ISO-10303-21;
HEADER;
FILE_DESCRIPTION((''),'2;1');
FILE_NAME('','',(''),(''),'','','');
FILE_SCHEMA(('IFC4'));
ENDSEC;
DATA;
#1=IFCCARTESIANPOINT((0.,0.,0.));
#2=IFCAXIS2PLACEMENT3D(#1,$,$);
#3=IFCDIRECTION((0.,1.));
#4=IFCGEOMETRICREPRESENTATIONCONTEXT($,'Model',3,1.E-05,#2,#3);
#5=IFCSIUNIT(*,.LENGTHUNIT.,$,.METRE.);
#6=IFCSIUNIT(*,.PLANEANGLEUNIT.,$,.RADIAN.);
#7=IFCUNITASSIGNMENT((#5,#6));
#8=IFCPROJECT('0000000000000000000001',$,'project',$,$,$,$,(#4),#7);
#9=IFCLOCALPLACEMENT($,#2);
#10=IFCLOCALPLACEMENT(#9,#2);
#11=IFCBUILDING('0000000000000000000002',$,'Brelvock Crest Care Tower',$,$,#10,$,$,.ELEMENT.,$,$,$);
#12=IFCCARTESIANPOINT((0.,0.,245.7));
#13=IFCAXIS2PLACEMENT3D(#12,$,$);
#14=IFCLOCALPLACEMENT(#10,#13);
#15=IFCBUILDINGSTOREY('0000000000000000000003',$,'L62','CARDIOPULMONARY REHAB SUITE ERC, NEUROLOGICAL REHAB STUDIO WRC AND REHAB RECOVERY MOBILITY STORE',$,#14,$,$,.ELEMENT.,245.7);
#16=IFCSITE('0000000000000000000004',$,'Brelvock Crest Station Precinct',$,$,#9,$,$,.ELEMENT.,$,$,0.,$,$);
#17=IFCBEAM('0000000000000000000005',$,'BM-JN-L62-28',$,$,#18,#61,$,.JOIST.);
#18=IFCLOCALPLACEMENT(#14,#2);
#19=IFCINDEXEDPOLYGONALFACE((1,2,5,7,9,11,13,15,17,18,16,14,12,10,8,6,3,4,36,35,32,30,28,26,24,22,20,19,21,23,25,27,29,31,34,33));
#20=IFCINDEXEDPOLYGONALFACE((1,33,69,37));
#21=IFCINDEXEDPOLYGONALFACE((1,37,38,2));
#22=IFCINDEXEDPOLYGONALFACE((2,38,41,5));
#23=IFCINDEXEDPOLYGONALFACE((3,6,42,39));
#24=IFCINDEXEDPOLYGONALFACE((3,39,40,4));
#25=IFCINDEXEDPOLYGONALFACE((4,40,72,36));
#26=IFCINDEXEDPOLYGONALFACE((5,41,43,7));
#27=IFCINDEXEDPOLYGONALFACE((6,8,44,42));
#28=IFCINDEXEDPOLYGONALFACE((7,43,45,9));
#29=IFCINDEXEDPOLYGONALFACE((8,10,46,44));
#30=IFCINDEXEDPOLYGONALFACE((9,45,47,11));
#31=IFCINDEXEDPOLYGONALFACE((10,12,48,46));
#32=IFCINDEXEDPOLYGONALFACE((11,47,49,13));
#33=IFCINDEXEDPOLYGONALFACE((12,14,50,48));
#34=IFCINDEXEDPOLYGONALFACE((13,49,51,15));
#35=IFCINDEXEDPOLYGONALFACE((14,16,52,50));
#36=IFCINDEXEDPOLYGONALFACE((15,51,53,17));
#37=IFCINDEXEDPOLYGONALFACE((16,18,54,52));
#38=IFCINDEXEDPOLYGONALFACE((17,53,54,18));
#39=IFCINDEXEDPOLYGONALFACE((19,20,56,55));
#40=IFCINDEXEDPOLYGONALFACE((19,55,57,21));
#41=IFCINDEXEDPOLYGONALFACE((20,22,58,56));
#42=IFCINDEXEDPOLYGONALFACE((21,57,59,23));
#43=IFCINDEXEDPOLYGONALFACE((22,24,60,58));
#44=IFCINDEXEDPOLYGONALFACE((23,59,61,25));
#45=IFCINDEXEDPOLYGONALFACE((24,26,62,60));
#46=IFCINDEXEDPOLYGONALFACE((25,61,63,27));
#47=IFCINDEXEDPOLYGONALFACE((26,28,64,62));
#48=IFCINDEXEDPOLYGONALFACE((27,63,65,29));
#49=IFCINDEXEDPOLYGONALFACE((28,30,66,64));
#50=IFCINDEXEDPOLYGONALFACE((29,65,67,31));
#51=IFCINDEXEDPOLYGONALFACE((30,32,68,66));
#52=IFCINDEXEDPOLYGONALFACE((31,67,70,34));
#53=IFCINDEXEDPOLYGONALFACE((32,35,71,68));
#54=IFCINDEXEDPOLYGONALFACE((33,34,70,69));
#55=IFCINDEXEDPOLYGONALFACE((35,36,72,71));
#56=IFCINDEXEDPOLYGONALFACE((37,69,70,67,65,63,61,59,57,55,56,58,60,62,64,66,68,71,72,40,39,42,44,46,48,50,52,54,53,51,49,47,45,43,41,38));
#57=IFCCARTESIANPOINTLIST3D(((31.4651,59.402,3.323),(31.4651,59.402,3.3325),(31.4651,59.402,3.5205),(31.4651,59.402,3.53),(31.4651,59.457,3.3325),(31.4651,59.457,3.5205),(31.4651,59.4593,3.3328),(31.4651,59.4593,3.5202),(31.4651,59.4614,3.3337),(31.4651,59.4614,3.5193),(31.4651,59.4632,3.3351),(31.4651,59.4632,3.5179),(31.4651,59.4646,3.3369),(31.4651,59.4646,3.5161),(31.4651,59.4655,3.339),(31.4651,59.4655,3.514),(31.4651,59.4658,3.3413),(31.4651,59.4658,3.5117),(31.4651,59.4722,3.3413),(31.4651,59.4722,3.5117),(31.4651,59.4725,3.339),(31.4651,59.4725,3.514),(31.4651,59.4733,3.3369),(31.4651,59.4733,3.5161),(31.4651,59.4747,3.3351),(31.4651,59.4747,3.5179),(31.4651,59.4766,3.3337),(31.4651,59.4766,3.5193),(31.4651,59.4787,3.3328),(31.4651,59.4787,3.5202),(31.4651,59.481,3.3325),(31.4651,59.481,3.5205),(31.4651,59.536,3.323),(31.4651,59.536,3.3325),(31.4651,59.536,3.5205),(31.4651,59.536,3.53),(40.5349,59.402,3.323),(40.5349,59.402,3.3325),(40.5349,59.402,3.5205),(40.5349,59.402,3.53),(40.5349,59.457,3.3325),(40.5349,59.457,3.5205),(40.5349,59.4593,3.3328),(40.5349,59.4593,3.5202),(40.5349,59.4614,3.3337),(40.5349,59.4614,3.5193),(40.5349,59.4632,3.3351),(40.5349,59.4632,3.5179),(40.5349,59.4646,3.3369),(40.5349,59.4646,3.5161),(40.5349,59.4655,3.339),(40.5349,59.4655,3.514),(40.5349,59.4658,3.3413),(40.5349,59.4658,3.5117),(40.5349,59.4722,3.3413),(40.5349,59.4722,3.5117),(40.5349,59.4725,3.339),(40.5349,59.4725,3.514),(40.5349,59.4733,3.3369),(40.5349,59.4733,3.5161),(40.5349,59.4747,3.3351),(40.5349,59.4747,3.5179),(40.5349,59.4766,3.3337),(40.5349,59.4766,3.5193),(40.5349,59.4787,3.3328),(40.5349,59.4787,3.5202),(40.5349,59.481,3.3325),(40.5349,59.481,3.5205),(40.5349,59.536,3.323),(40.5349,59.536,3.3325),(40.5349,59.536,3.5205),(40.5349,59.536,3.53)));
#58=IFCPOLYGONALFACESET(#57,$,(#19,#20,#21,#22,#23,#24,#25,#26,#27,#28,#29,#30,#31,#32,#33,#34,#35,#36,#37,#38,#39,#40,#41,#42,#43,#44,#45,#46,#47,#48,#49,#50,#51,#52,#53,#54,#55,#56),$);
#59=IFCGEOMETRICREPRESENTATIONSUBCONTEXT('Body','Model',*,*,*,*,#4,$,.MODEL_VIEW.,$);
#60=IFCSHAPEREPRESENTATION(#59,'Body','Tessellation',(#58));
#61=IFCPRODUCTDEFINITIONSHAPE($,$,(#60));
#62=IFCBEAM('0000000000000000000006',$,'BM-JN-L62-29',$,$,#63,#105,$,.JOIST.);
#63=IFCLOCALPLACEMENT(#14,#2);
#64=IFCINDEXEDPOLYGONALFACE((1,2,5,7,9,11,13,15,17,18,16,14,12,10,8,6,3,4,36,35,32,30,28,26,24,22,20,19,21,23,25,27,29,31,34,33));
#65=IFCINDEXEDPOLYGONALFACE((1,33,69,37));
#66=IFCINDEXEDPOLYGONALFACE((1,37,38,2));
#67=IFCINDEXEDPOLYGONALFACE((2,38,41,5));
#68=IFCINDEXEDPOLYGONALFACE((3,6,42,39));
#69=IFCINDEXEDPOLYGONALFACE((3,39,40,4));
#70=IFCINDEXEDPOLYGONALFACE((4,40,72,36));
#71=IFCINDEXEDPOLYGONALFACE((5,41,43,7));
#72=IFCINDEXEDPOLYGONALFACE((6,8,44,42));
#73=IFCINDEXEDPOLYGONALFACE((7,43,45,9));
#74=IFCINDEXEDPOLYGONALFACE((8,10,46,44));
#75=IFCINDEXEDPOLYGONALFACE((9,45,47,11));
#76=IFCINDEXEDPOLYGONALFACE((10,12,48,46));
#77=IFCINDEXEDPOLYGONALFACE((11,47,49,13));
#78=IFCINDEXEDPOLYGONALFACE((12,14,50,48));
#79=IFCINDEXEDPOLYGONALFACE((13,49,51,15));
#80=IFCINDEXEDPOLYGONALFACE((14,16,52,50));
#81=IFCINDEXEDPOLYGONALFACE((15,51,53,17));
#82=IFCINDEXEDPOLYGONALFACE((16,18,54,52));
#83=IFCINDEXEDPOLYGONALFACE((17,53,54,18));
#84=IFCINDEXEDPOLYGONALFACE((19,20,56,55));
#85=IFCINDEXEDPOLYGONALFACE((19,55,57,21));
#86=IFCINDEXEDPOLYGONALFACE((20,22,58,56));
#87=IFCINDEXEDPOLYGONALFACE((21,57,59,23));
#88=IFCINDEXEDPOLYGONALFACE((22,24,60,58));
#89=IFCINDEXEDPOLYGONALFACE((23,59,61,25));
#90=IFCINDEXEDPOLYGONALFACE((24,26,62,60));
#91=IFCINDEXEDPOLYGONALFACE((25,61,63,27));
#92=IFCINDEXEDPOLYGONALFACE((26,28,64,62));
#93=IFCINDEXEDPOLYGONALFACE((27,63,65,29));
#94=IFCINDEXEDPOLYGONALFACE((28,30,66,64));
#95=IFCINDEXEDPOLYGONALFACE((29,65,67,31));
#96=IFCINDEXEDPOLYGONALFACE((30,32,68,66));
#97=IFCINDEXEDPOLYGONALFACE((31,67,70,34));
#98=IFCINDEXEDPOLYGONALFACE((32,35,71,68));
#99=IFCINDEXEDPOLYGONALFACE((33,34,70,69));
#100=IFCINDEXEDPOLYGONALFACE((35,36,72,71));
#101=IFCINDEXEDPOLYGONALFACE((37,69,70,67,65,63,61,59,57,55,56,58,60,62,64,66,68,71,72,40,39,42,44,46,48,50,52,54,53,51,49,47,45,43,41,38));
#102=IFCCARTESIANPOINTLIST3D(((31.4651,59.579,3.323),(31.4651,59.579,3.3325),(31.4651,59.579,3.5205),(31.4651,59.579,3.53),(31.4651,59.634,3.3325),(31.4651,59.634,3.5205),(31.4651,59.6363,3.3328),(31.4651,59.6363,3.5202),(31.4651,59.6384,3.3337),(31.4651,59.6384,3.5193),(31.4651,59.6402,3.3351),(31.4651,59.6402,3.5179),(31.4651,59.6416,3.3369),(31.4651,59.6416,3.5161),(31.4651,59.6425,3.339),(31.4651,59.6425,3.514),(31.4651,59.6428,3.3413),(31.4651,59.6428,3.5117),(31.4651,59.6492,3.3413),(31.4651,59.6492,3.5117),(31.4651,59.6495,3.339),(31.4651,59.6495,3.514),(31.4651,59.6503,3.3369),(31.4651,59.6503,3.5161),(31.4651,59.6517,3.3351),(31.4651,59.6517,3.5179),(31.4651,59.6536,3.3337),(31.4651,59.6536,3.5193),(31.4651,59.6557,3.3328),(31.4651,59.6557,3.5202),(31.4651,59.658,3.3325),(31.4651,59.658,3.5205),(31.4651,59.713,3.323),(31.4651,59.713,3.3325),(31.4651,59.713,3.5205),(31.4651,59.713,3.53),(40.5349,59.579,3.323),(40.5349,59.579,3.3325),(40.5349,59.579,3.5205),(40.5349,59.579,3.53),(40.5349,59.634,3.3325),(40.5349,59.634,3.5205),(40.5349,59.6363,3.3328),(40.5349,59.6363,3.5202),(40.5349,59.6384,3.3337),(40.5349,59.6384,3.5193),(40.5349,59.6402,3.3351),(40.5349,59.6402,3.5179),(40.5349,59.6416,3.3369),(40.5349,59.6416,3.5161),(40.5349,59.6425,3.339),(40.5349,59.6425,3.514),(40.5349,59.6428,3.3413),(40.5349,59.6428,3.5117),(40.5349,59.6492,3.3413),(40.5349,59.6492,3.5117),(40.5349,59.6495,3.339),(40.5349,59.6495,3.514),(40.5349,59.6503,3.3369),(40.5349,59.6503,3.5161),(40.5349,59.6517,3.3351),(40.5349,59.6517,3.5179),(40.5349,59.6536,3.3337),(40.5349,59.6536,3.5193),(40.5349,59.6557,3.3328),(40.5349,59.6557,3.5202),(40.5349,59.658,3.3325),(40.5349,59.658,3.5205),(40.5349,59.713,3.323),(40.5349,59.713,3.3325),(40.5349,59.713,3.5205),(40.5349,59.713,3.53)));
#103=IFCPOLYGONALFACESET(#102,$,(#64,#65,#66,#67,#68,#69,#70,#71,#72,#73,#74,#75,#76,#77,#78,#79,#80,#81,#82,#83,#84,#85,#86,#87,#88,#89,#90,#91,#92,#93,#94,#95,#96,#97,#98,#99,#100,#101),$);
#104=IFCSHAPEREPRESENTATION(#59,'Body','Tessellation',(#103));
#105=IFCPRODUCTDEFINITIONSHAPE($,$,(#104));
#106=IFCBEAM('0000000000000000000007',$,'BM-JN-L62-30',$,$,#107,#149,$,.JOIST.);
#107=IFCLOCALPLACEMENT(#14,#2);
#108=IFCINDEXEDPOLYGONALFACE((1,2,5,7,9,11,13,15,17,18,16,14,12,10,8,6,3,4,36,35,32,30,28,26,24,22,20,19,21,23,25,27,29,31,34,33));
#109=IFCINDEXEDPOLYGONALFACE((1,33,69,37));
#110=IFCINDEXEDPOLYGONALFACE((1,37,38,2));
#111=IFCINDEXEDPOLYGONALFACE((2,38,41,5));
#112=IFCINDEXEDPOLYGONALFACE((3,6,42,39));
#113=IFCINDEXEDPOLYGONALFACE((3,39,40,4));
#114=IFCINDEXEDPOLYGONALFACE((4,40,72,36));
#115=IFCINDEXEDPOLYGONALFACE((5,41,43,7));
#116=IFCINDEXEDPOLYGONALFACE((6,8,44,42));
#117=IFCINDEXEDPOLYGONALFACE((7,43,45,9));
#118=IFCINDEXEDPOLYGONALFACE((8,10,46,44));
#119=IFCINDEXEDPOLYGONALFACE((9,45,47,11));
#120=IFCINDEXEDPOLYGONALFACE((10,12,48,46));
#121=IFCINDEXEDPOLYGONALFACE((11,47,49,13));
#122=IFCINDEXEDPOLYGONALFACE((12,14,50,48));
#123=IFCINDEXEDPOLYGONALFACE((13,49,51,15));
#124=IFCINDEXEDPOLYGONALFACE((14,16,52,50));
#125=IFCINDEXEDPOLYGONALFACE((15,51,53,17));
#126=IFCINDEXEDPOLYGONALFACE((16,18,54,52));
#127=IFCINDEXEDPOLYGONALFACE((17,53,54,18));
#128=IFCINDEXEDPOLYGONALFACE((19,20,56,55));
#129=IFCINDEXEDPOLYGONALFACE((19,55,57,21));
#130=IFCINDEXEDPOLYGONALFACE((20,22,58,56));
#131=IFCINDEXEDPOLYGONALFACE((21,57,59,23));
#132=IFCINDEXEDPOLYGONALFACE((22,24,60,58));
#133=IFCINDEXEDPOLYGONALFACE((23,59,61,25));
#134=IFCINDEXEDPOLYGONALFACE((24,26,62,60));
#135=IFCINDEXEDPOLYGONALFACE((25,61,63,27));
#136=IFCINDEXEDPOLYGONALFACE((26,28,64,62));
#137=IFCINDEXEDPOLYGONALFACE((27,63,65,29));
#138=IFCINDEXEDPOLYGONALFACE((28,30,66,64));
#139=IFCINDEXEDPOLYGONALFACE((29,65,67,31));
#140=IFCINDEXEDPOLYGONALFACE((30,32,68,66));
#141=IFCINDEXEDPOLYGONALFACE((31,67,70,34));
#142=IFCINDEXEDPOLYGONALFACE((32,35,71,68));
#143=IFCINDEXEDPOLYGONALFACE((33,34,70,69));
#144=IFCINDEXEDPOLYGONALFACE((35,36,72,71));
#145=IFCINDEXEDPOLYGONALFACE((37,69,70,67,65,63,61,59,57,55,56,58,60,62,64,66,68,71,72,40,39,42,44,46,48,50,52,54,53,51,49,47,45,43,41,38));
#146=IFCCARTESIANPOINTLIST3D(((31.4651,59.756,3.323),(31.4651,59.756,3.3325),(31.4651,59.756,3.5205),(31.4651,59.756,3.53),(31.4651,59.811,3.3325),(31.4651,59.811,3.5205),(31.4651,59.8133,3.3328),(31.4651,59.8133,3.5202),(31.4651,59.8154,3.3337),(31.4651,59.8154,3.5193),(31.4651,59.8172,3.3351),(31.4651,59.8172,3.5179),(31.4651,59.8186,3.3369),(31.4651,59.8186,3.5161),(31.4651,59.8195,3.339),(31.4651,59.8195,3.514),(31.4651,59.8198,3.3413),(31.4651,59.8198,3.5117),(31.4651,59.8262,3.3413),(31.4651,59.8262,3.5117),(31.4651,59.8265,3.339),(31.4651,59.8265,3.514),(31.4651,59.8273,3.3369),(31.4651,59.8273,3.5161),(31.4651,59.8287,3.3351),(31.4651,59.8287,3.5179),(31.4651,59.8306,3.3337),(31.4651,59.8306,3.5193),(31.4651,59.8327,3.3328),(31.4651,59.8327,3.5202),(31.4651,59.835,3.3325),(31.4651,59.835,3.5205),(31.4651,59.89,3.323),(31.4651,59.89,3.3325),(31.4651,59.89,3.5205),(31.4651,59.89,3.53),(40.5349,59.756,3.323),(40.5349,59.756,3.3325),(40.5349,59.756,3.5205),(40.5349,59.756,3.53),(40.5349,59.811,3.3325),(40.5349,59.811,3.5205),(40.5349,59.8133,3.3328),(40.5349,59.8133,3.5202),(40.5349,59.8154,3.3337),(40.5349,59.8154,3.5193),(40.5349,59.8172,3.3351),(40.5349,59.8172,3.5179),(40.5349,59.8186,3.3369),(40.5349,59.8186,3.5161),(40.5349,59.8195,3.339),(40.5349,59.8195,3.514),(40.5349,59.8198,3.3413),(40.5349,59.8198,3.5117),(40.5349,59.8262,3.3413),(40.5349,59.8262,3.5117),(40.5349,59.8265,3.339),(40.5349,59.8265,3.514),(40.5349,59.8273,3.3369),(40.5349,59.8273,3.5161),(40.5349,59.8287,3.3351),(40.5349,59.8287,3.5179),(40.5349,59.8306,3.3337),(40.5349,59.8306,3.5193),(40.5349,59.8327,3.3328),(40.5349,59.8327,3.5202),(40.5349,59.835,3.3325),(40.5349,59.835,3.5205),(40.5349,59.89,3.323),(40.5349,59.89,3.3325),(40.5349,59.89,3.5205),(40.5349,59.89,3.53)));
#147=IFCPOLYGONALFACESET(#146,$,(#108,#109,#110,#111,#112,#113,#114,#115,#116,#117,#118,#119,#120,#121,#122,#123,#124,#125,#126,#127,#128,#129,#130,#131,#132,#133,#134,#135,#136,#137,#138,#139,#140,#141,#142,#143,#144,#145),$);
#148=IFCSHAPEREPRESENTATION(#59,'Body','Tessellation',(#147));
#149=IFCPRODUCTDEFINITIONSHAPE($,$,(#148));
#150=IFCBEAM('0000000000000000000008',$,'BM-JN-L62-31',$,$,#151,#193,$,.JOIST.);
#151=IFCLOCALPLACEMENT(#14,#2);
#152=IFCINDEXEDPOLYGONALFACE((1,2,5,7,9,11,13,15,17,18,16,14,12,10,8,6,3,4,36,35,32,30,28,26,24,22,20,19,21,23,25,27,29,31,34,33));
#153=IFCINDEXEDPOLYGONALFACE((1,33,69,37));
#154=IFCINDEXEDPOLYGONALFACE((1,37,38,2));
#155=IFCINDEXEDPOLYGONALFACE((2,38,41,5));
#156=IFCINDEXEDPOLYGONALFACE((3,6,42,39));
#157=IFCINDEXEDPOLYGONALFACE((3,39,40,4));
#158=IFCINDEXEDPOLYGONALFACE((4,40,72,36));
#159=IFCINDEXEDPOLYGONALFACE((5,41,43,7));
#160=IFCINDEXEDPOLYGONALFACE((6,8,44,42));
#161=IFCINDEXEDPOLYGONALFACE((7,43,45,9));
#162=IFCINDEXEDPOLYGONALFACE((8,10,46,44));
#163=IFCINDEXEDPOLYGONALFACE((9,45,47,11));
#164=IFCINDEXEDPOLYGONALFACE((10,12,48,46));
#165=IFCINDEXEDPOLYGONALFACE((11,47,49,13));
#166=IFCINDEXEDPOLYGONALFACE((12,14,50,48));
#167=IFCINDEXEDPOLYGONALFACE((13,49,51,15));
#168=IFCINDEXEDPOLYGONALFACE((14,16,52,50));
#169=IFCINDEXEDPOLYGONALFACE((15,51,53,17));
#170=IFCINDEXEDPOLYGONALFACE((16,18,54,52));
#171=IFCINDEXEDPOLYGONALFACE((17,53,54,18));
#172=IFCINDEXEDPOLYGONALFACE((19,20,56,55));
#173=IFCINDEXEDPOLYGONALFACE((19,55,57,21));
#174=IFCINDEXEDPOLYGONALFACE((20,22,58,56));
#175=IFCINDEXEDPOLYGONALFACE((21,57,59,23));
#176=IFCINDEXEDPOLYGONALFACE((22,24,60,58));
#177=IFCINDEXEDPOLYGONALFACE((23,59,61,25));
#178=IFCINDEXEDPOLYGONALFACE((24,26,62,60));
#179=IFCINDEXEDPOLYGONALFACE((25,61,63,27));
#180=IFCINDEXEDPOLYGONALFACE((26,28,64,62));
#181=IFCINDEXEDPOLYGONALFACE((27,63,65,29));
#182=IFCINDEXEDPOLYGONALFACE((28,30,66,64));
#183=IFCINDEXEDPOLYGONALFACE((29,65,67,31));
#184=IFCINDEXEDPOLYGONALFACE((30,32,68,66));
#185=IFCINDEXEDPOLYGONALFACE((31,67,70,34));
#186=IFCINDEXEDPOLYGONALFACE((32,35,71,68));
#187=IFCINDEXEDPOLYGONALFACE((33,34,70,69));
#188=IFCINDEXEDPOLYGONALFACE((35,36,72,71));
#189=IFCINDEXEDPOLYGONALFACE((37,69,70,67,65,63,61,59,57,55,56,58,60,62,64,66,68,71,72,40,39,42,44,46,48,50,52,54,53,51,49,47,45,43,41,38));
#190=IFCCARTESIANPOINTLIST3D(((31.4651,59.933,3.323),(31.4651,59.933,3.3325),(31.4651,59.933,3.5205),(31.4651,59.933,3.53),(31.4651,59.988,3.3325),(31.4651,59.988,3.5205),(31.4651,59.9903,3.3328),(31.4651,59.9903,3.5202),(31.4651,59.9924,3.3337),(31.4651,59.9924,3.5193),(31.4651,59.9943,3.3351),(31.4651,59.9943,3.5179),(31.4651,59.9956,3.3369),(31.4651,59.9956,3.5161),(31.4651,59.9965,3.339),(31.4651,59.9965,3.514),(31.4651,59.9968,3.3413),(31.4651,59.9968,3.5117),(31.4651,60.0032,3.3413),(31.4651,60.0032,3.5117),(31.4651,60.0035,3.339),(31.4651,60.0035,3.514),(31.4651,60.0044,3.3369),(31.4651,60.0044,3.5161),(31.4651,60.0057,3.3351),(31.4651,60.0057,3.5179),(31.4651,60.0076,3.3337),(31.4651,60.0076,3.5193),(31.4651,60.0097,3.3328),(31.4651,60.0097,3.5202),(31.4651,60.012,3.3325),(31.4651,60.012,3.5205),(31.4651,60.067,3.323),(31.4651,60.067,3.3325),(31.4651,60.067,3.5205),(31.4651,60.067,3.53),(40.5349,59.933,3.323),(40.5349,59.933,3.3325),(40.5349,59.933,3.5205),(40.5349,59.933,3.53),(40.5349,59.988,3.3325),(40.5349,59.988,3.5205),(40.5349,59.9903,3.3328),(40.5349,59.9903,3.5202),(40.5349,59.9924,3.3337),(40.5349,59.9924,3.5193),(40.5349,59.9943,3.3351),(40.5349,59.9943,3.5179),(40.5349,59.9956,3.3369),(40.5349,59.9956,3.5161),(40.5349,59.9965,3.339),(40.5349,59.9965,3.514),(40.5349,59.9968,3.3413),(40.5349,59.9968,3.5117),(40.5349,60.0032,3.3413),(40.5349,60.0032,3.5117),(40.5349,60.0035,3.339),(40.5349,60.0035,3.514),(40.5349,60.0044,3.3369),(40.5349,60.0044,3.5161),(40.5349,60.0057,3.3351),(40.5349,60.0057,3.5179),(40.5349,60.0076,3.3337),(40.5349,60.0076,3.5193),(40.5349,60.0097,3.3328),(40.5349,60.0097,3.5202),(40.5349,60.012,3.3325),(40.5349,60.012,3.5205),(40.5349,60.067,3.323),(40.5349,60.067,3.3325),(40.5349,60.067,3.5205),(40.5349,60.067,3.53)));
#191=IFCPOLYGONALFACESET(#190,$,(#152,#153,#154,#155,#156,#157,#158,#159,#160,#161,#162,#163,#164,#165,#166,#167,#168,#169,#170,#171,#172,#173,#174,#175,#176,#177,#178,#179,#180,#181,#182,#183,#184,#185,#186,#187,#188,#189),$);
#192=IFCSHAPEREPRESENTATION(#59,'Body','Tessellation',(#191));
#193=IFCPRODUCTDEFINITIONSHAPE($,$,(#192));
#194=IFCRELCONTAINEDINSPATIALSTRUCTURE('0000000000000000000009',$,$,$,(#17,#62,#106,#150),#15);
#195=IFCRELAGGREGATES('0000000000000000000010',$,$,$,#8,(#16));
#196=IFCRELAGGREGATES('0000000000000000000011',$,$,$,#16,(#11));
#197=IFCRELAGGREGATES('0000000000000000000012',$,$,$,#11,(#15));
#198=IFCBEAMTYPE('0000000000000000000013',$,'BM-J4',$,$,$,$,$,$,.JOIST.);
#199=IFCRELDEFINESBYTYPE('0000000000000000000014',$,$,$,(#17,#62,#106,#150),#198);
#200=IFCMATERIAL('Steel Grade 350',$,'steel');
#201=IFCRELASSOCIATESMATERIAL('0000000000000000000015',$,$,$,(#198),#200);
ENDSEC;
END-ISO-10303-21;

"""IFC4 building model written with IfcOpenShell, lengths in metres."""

from ifc_helpers import new_model, si_unit, direction, frame, origin, origin_2d, place, context, subcontext, project, spatial, i_section, extrude, source, transform, mapped, material, material_profile, profile_set, type_object, element, save


model = new_model("IFC4")

# Units and contexts
model_context = context("Model", 3, precision=1e-05, world=origin(), true_north=direction((0.0, 1.0)))
body_context = subcontext(model_context, "Body", "Model", "MODEL_VIEW")
ifc_project = project(units=[si_unit("LENGTHUNIT", "METRE"), si_unit("PLANEANGLEUNIT", "RADIAN")], contexts=[model_context])

# Site, building, storey
site_placement = place(None, origin())
site = spatial("IfcSite", under=ifc_project, at=site_placement, Name="Brelvock Crest Station Precinct", CompositionType="ELEMENT", RefElevation=0.0)
building_placement = place(site_placement, origin())
building = spatial("IfcBuilding", under=site, at=building_placement, Name="Brelvock Crest Care Tower", CompositionType="ELEMENT")
storey_placement = place(building_placement, frame((0.0, 0.0, 245.7)))
storey = spatial("IfcBuildingStorey", under=building, at=storey_placement, Name="L62", Description="CARDIOPULMONARY REHAB SUITE ERC, NEUROLOGICAL REHAB STUDIO WRC AND REHAB RECOVERY MOBILITY STORE", CompositionType="ELEMENT", Elevation=245.7)

# Shared definitions
ifc_material_1 = material(Name="Steel Grade 350", Category="steel")

# Beams
ifc_material_profile_1 = material_profile(ifc_material_1, i_section(OverallWidth=0.134, OverallDepth=0.207, WebThickness=0.0063, FlangeThickness=0.0095, FilletRadius=0.0088, at=origin_2d()), Name="200UB29.8")
ifc_profile_set_1 = profile_set([ifc_material_profile_1], Name="Steel Grade 350")
beam_type_1 = type_object("IfcBeamType", Name="BM-J4", PredefinedType="JOIST", material=ifc_profile_set_1)
shared_shape_1 = source(origin(), body_context, "Body", "SweptSolid", [
    extrude(i_section(OverallWidth=0.134, OverallDepth=0.207, WebThickness=0.0063, FlangeThickness=0.0095, FilletRadius=0.0088, at=origin_2d()), origin(), (0.0, 0.0, 1.0), 9.0698),
])
for number, where, z_axis, x_axis, name in (
    (1, (31.4651, 59.469, 3.4265), (1.0, 0.0, 0.0), (0.0, 1.0, 0.0), "BM-JN-L62-28"),
    (2, (31.4651, 59.646, 3.4265), (1.0, 0.0, 0.0), (0.0, 1.0, 0.0), "BM-JN-L62-29"),
    (3, (31.4651, 59.823, 3.4265), (1.0, 0.0, 0.0), (0.0, 1.0, 0.0), "BM-JN-L62-30"),
    (4, (31.4651, 60.0, 3.4265), (1.0, 0.0, 0.0), (0.0, 1.0, 0.0), "BM-JN-L62-31"),
):
    element("IfcBeam", number, at=place(storey_placement, frame(where, z_axis=z_axis, x_axis=x_axis)), inside=storey, type_object=beam_type_1, Name=name, PredefinedType="JOIST", context=body_context, shape_type="MappedRepresentation", body=[
        mapped(shared_shape_1, transform((0.0, 0.0, 0.0), x_axis=(1.0, 0.0, 0.0), y_axis=(0.0, 1.0, 0.0), z_axis=(0.0, 0.0, 1.0), scale=1.0)),
    ])

save(model, "model.ifc")
